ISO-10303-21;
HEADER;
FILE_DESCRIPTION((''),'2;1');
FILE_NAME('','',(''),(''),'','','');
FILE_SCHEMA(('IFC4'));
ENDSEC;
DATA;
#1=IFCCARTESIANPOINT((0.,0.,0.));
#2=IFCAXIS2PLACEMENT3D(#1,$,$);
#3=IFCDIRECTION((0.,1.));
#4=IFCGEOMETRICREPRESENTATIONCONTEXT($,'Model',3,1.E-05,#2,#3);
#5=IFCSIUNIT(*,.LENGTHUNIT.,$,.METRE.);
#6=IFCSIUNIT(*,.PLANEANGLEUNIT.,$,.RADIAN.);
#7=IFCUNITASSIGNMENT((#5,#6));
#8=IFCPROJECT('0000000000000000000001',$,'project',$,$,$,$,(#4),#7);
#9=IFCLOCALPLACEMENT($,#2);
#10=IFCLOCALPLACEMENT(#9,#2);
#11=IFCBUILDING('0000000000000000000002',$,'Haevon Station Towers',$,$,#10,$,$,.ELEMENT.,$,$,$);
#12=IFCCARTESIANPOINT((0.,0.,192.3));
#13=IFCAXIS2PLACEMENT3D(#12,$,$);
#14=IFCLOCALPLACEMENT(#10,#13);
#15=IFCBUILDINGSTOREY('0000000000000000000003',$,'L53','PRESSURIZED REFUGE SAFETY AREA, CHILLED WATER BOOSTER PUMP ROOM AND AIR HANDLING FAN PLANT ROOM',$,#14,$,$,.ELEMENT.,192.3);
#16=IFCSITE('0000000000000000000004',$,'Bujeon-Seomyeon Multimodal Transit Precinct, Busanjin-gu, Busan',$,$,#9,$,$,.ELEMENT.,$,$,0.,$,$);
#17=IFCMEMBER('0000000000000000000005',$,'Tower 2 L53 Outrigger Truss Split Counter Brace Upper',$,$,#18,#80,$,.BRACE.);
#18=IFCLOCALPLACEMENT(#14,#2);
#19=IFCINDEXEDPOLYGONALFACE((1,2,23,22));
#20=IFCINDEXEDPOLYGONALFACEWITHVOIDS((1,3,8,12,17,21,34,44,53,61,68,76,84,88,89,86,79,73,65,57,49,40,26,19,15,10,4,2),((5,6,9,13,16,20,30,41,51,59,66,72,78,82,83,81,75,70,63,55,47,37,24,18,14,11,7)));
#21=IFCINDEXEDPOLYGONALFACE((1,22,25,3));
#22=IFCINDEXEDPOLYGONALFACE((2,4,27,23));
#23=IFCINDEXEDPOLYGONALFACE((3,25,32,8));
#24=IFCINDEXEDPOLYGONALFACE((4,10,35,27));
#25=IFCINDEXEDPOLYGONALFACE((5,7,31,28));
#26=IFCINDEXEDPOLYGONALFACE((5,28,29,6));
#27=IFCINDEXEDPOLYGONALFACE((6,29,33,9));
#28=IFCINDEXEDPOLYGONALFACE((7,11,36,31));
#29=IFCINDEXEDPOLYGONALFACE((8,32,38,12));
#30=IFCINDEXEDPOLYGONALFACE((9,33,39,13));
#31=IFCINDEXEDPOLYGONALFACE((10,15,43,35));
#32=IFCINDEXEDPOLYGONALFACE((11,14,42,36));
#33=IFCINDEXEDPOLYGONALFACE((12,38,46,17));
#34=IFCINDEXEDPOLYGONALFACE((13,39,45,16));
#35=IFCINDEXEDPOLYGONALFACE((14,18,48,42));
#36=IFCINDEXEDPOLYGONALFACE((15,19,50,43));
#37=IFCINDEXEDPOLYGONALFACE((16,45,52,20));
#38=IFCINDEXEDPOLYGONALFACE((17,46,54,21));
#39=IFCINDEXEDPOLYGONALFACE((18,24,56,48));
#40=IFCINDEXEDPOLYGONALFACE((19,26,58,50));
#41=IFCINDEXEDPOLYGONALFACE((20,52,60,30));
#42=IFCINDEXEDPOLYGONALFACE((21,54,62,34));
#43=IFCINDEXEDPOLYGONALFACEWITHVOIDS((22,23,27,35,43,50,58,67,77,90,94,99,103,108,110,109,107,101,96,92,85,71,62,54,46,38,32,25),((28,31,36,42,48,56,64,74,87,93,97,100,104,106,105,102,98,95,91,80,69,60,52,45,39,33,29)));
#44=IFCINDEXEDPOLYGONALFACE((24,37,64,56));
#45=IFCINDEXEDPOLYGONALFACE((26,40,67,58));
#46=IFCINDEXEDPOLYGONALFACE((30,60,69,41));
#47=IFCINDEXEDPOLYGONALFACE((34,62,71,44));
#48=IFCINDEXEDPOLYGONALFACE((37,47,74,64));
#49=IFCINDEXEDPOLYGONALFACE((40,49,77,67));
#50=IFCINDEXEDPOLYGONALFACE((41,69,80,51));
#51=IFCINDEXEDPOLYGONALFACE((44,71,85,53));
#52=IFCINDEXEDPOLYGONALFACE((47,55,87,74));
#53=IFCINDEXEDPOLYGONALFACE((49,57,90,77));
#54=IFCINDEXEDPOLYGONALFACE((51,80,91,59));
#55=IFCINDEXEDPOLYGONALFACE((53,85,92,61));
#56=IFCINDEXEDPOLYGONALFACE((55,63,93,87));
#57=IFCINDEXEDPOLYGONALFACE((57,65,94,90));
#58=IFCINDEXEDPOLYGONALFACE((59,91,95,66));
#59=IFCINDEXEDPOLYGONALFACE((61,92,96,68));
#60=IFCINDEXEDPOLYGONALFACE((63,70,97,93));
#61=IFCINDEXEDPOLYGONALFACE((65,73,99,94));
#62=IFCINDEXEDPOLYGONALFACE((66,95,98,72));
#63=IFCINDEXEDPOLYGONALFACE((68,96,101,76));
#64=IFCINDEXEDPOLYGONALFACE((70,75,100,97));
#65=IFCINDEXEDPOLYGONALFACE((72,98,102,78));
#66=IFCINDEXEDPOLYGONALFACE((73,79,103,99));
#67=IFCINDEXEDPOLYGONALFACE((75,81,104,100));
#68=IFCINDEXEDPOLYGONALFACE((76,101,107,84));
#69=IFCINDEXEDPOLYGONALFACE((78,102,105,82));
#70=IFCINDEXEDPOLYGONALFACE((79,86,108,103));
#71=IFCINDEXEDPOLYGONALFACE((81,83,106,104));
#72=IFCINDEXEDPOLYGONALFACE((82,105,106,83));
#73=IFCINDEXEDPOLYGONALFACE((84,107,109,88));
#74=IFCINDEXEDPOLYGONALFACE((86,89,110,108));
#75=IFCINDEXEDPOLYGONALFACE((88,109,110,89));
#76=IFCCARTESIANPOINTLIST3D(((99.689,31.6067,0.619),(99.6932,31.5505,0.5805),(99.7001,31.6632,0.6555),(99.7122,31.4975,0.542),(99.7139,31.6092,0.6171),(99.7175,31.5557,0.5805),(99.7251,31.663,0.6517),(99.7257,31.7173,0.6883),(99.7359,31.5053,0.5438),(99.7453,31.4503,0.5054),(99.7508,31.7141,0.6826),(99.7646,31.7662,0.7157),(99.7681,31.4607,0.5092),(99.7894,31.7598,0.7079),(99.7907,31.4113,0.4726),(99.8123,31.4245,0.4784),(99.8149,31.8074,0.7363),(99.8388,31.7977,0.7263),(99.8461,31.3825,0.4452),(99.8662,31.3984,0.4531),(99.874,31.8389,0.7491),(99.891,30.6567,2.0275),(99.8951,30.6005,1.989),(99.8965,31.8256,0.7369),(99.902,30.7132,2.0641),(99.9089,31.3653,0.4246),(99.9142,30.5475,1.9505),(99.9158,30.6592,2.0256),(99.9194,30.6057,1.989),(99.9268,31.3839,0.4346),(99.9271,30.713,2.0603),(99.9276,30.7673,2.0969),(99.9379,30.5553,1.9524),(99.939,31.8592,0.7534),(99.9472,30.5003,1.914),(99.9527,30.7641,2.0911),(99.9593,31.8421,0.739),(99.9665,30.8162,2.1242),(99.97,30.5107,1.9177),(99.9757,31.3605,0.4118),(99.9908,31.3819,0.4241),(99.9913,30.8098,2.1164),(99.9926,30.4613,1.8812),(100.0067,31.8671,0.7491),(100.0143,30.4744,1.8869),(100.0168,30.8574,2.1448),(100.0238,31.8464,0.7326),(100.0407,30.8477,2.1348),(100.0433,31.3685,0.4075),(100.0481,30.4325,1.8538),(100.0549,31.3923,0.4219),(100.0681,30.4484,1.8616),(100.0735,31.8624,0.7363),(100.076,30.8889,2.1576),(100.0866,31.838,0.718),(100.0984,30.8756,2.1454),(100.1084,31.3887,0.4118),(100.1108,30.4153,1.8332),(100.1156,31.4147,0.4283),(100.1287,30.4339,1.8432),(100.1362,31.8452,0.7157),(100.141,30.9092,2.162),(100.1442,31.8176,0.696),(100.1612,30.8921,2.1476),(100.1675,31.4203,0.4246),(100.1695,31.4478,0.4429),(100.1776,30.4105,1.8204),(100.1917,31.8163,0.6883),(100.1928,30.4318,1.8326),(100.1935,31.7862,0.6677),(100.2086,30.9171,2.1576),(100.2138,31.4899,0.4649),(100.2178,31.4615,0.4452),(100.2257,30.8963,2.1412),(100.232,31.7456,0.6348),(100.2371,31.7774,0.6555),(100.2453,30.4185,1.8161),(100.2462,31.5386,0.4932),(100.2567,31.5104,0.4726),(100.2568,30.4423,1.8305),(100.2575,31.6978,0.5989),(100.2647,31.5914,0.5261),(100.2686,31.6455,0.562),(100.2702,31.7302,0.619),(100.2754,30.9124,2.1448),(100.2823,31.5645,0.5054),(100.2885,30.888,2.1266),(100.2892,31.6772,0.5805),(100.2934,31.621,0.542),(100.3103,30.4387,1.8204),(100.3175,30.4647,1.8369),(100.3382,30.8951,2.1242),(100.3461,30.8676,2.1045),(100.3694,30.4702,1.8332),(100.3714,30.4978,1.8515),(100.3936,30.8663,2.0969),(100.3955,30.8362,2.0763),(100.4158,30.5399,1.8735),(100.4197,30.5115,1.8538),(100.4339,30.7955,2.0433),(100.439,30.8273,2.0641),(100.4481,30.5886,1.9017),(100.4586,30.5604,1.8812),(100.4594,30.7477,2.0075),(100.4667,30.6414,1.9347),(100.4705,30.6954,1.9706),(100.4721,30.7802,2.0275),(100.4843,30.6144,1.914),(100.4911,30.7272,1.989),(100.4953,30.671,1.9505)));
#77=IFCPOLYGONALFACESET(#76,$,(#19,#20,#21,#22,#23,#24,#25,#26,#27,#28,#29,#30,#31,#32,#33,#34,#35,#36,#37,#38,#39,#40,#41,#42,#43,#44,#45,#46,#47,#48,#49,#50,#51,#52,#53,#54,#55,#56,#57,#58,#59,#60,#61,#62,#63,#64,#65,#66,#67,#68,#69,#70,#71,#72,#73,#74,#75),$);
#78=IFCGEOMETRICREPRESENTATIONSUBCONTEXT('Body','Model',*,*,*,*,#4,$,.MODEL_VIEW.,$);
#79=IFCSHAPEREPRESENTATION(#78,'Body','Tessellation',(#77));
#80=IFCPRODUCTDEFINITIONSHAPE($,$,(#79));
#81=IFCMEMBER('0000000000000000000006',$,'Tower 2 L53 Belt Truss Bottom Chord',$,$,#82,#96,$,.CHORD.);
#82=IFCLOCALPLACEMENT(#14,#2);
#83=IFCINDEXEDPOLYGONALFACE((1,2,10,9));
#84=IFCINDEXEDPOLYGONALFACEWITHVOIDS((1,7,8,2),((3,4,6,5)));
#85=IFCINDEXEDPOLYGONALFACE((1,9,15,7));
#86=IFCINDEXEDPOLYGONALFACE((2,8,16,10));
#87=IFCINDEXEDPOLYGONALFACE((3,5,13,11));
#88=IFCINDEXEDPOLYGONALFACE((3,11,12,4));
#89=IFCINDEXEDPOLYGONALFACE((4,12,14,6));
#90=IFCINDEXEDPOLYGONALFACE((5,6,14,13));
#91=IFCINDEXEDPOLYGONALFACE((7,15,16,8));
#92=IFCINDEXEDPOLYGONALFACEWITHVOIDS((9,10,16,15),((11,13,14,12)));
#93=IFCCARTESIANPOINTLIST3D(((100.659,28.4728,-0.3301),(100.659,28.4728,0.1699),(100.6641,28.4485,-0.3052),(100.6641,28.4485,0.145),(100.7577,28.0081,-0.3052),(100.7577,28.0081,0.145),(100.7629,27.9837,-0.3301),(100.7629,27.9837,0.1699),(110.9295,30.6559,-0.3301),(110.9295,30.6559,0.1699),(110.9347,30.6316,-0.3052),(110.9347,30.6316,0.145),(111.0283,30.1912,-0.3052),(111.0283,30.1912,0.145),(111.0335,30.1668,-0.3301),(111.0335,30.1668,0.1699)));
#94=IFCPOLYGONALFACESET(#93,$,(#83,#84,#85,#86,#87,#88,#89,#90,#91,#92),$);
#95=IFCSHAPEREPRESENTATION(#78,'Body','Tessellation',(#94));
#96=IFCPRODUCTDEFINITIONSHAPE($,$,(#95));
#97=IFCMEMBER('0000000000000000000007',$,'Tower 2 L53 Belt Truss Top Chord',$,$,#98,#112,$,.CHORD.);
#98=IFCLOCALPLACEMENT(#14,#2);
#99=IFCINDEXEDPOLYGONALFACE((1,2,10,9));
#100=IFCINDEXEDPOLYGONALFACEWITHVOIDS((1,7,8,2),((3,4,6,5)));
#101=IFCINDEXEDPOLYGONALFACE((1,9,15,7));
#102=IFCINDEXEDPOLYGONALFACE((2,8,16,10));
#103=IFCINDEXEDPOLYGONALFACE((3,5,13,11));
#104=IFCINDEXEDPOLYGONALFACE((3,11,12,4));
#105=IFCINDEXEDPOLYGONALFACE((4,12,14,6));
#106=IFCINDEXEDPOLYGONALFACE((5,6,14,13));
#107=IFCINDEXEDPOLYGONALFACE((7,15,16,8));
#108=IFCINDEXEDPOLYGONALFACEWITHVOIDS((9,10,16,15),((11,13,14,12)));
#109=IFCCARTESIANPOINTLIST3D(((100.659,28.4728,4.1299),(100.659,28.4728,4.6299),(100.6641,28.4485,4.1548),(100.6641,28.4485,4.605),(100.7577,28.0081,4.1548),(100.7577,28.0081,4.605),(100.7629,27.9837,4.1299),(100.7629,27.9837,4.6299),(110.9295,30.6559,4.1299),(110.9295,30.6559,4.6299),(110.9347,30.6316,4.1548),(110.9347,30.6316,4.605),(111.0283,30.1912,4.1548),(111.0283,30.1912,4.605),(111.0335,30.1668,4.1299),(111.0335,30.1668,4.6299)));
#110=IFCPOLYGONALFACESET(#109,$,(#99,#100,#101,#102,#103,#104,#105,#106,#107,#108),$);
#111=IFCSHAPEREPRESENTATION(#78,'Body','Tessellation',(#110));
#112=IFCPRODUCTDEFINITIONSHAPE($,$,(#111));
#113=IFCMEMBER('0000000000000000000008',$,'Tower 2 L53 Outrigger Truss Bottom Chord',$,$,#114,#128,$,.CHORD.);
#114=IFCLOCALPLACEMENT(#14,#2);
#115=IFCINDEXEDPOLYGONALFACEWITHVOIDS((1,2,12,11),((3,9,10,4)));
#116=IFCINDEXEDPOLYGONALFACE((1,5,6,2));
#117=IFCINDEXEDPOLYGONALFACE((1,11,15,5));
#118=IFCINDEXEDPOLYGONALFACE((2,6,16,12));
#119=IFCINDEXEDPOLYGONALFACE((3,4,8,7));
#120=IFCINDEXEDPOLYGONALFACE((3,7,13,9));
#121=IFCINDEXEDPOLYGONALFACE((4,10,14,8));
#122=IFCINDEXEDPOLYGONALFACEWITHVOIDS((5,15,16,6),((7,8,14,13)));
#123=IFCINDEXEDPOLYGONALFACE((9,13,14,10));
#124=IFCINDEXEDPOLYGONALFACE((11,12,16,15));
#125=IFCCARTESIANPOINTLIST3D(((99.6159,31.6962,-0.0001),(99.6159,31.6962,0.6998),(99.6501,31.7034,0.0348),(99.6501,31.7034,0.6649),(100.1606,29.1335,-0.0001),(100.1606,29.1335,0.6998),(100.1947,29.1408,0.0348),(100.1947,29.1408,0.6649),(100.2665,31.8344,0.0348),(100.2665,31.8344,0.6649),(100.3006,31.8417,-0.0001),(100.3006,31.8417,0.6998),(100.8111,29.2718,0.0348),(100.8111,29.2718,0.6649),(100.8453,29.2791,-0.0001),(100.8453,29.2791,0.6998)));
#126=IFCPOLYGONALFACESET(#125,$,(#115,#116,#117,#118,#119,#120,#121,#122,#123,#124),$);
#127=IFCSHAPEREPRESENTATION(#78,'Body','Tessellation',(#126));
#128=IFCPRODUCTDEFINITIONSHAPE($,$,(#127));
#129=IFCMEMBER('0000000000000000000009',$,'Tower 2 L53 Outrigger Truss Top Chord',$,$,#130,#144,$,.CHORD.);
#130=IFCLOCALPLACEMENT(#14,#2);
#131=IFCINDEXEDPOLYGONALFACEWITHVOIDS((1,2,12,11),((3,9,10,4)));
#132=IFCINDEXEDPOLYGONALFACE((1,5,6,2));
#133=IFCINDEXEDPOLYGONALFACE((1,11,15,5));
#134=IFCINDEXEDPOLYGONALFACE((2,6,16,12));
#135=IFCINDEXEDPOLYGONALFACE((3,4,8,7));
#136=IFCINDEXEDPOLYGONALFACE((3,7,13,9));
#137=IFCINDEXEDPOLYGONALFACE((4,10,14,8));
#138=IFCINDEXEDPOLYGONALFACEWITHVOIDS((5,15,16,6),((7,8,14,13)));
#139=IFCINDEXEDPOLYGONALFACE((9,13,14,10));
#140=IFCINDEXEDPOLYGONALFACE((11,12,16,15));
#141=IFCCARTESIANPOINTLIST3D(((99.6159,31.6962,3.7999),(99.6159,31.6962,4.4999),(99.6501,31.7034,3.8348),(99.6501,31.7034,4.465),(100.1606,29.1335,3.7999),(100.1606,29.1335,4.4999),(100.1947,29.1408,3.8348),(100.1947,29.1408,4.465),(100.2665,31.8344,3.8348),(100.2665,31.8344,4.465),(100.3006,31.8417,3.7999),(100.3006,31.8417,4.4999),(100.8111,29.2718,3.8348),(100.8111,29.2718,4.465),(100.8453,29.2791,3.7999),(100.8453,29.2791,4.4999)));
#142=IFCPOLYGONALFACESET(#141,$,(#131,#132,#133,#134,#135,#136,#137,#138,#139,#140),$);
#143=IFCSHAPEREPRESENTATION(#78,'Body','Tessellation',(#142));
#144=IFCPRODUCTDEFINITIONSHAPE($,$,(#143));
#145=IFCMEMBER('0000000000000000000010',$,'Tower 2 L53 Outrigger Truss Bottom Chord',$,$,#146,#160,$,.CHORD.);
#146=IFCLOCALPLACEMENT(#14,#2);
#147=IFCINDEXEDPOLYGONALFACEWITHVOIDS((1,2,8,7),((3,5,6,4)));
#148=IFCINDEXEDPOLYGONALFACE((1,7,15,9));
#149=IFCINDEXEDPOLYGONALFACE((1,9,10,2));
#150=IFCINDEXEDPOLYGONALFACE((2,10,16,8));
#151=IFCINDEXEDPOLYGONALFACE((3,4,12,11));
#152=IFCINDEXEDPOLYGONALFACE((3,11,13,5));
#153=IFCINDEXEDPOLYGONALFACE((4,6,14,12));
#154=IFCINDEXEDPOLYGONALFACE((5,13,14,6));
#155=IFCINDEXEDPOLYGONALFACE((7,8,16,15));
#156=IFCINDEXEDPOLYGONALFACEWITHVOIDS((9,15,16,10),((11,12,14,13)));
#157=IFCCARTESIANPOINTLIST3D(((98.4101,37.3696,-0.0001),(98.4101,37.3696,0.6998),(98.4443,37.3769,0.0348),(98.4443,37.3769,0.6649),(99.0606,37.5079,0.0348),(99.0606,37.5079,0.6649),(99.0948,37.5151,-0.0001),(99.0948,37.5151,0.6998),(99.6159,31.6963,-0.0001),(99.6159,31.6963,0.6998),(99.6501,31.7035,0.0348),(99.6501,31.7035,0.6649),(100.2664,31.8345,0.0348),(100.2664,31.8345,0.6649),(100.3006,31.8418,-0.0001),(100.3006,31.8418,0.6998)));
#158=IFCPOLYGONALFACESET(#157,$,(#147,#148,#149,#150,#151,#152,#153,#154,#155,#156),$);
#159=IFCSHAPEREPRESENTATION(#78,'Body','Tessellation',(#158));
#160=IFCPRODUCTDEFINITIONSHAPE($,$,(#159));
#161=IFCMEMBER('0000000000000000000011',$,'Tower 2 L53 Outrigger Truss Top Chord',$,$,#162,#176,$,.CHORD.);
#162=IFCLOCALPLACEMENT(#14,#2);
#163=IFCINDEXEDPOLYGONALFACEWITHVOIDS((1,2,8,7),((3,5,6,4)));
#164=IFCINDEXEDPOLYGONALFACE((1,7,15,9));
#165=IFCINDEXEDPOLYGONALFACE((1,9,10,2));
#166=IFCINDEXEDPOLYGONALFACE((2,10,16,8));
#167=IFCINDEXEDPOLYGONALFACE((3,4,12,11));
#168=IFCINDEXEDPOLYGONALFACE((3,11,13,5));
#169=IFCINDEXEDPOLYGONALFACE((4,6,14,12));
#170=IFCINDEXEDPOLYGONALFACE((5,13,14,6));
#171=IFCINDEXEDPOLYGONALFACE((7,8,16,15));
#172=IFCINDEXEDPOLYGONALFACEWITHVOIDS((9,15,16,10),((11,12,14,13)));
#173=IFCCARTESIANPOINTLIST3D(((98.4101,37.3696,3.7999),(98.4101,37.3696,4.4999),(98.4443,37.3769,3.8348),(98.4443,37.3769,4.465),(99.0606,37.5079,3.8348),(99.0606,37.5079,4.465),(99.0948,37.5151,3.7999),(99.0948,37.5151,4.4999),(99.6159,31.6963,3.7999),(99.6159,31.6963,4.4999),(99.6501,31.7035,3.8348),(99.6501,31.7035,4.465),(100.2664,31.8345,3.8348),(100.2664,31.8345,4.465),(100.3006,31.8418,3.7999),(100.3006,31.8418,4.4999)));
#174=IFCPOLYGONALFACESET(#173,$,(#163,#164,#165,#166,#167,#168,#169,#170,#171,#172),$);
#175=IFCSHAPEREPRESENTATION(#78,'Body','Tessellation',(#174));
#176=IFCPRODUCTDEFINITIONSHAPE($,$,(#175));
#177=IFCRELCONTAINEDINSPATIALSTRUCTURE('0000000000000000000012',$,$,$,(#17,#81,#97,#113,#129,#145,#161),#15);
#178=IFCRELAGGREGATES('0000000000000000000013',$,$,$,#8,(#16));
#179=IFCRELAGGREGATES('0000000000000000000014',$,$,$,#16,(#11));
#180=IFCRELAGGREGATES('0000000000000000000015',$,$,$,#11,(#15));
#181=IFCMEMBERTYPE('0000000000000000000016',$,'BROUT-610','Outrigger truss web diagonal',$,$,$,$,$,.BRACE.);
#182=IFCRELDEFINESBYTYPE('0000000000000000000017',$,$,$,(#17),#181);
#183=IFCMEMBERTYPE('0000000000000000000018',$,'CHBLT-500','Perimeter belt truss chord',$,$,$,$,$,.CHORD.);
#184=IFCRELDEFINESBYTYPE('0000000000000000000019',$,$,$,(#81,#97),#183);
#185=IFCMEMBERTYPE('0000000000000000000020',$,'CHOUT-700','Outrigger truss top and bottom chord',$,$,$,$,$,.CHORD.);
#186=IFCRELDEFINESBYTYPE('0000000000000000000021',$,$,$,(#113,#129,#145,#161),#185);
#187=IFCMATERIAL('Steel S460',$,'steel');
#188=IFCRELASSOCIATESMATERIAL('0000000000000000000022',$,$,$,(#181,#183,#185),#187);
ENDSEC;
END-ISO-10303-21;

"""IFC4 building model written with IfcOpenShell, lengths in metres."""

from ifc_helpers import new_model, si_unit, direction, frame, origin, origin_2d, place, context, subcontext, project, spatial, hollow_rectangle, hollow_circle, extrude, material, material_profile, profile_set, type_object, element, save


model = new_model("IFC4")

# Units and contexts
model_context = context("Model", 3, precision=1e-05, world=origin(), true_north=direction((0.0, 1.0)))
body_context = subcontext(model_context, "Body", "Model", "MODEL_VIEW")
ifc_project = project(units=[si_unit("LENGTHUNIT", "METRE"), si_unit("PLANEANGLEUNIT", "RADIAN")], contexts=[model_context])

# Site, building, storey
site_placement = place(None, origin())
site = spatial("IfcSite", under=ifc_project, at=site_placement, Name="Bujeon-Seomyeon Multimodal Transit Precinct, Busanjin-gu, Busan", CompositionType="ELEMENT", RefElevation=0.0)
building_placement = place(site_placement, origin())
building = spatial("IfcBuilding", under=site, at=building_placement, Name="Haevon Station Towers", CompositionType="ELEMENT")
storey_placement = place(building_placement, frame((0.0, 0.0, 192.3)))
storey = spatial("IfcBuildingStorey", under=building, at=storey_placement, Name="L53", Description="PRESSURIZED REFUGE SAFETY AREA, CHILLED WATER BOOSTER PUMP ROOM AND AIR HANDLING FAN PLANT ROOM", CompositionType="ELEMENT", Elevation=192.3)

# Shared definitions
ifc_material_1 = material(Name="Steel S460", Category="steel")

# Members
ifc_material_profile_1 = material_profile(ifc_material_1, hollow_circle(Radius=0.3047, WallThickness=0.0249, at=origin_2d()), Name="CHS-609.6x25")
ifc_profile_set_1 = profile_set([ifc_material_profile_1], Name="Steel S460")
member_type_1 = type_object("IfcMemberType", Name="BROUT-610", Description="Outrigger truss web diagonal", PredefinedType="BRACE", material=ifc_profile_set_1)
for number, where, z_axis, x_axis, name in (
    (1, (100.1931, 30.6638, 1.989), (-0.118016, 0.555262, -0.82326), (-0.978151, -0.207898, 0.0), "Tower 2 L53 Outrigger Truss Split Counter Brace Upper"),
):
    element("IfcMember", number, at=place(storey_placement, frame(where, z_axis=z_axis, x_axis=x_axis)), inside=storey, type_object=member_type_1, Name=name, PredefinedType="BRACE", context=body_context, shape_type="SweptSolid", body=[
        extrude(hollow_circle(Radius=0.3047, WallThickness=0.0249, at=origin_2d()), origin(), (0.0, 0.0, 1.0), 1.7109),
    ])
ifc_material_profile_2 = material_profile(ifc_material_1, hollow_rectangle(XDim=0.5, YDim=0.5, WallThickness=0.0249, at=origin_2d()), Name="RHS-500x500x25")
ifc_profile_set_2 = profile_set([ifc_material_profile_2], Name="Steel S460")
member_type_2 = type_object("IfcMemberType", Name="CHBLT-500", Description="Perimeter belt truss chord", PredefinedType="CHORD", material=ifc_profile_set_2)
for number, where, z_axis, x_axis, name in (
    (2, (100.7109, 28.2283, -0.0801), (0.978147, 0.207915, 0.0), (-0.207915, 0.978147, 0.0), "Tower 2 L53 Belt Truss Bottom Chord"),
    (3, (100.7109, 28.2283, 4.3799), (0.978147, 0.207915, 0.0), (-0.207915, 0.978147, 0.0), "Tower 2 L53 Belt Truss Top Chord"),
):
    element("IfcMember", number, at=place(storey_placement, frame(where, z_axis=z_axis, x_axis=x_axis)), inside=storey, type_object=member_type_2, Name=name, PredefinedType="CHORD", context=body_context, shape_type="SweptSolid", body=[
        extrude(hollow_rectangle(XDim=0.5, YDim=0.5, WallThickness=0.0249, at=origin_2d()), origin(), (0.0, 0.0, 1.0), 10.5),
    ])
ifc_material_profile_3 = material_profile(ifc_material_1, hollow_rectangle(XDim=0.7, YDim=0.7, WallThickness=0.0349, at=origin_2d()), Name="RHS-700x700x35")
ifc_profile_set_3 = profile_set([ifc_material_profile_3], Name="Steel S460")
member_type_3 = type_object("IfcMemberType", Name="CHOUT-700", Description="Outrigger truss top and bottom chord", PredefinedType="CHORD", material=ifc_profile_set_3)
for number, where, z_axis, x_axis, name in (
    (4, (100.5029, 29.2063, 0.3499), (-0.207893, 0.978152, 0.0), (-0.978152, -0.207893, 0.0), "Tower 2 L53 Outrigger Truss Bottom Chord"),
    (5, (100.5029, 29.2063, 4.1499), (-0.207893, 0.978152, 0.0), (-0.978152, -0.207893, 0.0), "Tower 2 L53 Outrigger Truss Top Chord"),
):
    element("IfcMember", number, at=place(storey_placement, frame(where, z_axis=z_axis, x_axis=x_axis)), inside=storey, type_object=member_type_3, Name=name, PredefinedType="CHORD", context=body_context, shape_type="SweptSolid", body=[
        extrude(hollow_rectangle(XDim=0.7, YDim=0.7, WallThickness=0.0349, at=origin_2d()), origin(), (0.0, 0.0, 1.0), 2.6199),
    ])
for number, where, z_axis, x_axis, name in (
    (6, (99.9583, 31.769, 0.3499), (-0.207896, 0.978151, 0.0), (-0.978151, -0.207896, 0.0), "Tower 2 L53 Outrigger Truss Bottom Chord"),
    (7, (99.9583, 31.769, 4.1499), (-0.207896, 0.978151, 0.0), (-0.978151, -0.207896, 0.0), "Tower 2 L53 Outrigger Truss Top Chord"),
):
    element("IfcMember", number, at=place(storey_placement, frame(where, z_axis=z_axis, x_axis=x_axis)), inside=storey, type_object=member_type_3, Name=name, PredefinedType="CHORD", context=body_context, shape_type="SweptSolid", body=[
        extrude(hollow_rectangle(XDim=0.7, YDim=0.7, WallThickness=0.0349, at=origin_2d()), origin(), (0.0, 0.0, 1.0), 5.8),
    ])

save(model, "model.ifc")
